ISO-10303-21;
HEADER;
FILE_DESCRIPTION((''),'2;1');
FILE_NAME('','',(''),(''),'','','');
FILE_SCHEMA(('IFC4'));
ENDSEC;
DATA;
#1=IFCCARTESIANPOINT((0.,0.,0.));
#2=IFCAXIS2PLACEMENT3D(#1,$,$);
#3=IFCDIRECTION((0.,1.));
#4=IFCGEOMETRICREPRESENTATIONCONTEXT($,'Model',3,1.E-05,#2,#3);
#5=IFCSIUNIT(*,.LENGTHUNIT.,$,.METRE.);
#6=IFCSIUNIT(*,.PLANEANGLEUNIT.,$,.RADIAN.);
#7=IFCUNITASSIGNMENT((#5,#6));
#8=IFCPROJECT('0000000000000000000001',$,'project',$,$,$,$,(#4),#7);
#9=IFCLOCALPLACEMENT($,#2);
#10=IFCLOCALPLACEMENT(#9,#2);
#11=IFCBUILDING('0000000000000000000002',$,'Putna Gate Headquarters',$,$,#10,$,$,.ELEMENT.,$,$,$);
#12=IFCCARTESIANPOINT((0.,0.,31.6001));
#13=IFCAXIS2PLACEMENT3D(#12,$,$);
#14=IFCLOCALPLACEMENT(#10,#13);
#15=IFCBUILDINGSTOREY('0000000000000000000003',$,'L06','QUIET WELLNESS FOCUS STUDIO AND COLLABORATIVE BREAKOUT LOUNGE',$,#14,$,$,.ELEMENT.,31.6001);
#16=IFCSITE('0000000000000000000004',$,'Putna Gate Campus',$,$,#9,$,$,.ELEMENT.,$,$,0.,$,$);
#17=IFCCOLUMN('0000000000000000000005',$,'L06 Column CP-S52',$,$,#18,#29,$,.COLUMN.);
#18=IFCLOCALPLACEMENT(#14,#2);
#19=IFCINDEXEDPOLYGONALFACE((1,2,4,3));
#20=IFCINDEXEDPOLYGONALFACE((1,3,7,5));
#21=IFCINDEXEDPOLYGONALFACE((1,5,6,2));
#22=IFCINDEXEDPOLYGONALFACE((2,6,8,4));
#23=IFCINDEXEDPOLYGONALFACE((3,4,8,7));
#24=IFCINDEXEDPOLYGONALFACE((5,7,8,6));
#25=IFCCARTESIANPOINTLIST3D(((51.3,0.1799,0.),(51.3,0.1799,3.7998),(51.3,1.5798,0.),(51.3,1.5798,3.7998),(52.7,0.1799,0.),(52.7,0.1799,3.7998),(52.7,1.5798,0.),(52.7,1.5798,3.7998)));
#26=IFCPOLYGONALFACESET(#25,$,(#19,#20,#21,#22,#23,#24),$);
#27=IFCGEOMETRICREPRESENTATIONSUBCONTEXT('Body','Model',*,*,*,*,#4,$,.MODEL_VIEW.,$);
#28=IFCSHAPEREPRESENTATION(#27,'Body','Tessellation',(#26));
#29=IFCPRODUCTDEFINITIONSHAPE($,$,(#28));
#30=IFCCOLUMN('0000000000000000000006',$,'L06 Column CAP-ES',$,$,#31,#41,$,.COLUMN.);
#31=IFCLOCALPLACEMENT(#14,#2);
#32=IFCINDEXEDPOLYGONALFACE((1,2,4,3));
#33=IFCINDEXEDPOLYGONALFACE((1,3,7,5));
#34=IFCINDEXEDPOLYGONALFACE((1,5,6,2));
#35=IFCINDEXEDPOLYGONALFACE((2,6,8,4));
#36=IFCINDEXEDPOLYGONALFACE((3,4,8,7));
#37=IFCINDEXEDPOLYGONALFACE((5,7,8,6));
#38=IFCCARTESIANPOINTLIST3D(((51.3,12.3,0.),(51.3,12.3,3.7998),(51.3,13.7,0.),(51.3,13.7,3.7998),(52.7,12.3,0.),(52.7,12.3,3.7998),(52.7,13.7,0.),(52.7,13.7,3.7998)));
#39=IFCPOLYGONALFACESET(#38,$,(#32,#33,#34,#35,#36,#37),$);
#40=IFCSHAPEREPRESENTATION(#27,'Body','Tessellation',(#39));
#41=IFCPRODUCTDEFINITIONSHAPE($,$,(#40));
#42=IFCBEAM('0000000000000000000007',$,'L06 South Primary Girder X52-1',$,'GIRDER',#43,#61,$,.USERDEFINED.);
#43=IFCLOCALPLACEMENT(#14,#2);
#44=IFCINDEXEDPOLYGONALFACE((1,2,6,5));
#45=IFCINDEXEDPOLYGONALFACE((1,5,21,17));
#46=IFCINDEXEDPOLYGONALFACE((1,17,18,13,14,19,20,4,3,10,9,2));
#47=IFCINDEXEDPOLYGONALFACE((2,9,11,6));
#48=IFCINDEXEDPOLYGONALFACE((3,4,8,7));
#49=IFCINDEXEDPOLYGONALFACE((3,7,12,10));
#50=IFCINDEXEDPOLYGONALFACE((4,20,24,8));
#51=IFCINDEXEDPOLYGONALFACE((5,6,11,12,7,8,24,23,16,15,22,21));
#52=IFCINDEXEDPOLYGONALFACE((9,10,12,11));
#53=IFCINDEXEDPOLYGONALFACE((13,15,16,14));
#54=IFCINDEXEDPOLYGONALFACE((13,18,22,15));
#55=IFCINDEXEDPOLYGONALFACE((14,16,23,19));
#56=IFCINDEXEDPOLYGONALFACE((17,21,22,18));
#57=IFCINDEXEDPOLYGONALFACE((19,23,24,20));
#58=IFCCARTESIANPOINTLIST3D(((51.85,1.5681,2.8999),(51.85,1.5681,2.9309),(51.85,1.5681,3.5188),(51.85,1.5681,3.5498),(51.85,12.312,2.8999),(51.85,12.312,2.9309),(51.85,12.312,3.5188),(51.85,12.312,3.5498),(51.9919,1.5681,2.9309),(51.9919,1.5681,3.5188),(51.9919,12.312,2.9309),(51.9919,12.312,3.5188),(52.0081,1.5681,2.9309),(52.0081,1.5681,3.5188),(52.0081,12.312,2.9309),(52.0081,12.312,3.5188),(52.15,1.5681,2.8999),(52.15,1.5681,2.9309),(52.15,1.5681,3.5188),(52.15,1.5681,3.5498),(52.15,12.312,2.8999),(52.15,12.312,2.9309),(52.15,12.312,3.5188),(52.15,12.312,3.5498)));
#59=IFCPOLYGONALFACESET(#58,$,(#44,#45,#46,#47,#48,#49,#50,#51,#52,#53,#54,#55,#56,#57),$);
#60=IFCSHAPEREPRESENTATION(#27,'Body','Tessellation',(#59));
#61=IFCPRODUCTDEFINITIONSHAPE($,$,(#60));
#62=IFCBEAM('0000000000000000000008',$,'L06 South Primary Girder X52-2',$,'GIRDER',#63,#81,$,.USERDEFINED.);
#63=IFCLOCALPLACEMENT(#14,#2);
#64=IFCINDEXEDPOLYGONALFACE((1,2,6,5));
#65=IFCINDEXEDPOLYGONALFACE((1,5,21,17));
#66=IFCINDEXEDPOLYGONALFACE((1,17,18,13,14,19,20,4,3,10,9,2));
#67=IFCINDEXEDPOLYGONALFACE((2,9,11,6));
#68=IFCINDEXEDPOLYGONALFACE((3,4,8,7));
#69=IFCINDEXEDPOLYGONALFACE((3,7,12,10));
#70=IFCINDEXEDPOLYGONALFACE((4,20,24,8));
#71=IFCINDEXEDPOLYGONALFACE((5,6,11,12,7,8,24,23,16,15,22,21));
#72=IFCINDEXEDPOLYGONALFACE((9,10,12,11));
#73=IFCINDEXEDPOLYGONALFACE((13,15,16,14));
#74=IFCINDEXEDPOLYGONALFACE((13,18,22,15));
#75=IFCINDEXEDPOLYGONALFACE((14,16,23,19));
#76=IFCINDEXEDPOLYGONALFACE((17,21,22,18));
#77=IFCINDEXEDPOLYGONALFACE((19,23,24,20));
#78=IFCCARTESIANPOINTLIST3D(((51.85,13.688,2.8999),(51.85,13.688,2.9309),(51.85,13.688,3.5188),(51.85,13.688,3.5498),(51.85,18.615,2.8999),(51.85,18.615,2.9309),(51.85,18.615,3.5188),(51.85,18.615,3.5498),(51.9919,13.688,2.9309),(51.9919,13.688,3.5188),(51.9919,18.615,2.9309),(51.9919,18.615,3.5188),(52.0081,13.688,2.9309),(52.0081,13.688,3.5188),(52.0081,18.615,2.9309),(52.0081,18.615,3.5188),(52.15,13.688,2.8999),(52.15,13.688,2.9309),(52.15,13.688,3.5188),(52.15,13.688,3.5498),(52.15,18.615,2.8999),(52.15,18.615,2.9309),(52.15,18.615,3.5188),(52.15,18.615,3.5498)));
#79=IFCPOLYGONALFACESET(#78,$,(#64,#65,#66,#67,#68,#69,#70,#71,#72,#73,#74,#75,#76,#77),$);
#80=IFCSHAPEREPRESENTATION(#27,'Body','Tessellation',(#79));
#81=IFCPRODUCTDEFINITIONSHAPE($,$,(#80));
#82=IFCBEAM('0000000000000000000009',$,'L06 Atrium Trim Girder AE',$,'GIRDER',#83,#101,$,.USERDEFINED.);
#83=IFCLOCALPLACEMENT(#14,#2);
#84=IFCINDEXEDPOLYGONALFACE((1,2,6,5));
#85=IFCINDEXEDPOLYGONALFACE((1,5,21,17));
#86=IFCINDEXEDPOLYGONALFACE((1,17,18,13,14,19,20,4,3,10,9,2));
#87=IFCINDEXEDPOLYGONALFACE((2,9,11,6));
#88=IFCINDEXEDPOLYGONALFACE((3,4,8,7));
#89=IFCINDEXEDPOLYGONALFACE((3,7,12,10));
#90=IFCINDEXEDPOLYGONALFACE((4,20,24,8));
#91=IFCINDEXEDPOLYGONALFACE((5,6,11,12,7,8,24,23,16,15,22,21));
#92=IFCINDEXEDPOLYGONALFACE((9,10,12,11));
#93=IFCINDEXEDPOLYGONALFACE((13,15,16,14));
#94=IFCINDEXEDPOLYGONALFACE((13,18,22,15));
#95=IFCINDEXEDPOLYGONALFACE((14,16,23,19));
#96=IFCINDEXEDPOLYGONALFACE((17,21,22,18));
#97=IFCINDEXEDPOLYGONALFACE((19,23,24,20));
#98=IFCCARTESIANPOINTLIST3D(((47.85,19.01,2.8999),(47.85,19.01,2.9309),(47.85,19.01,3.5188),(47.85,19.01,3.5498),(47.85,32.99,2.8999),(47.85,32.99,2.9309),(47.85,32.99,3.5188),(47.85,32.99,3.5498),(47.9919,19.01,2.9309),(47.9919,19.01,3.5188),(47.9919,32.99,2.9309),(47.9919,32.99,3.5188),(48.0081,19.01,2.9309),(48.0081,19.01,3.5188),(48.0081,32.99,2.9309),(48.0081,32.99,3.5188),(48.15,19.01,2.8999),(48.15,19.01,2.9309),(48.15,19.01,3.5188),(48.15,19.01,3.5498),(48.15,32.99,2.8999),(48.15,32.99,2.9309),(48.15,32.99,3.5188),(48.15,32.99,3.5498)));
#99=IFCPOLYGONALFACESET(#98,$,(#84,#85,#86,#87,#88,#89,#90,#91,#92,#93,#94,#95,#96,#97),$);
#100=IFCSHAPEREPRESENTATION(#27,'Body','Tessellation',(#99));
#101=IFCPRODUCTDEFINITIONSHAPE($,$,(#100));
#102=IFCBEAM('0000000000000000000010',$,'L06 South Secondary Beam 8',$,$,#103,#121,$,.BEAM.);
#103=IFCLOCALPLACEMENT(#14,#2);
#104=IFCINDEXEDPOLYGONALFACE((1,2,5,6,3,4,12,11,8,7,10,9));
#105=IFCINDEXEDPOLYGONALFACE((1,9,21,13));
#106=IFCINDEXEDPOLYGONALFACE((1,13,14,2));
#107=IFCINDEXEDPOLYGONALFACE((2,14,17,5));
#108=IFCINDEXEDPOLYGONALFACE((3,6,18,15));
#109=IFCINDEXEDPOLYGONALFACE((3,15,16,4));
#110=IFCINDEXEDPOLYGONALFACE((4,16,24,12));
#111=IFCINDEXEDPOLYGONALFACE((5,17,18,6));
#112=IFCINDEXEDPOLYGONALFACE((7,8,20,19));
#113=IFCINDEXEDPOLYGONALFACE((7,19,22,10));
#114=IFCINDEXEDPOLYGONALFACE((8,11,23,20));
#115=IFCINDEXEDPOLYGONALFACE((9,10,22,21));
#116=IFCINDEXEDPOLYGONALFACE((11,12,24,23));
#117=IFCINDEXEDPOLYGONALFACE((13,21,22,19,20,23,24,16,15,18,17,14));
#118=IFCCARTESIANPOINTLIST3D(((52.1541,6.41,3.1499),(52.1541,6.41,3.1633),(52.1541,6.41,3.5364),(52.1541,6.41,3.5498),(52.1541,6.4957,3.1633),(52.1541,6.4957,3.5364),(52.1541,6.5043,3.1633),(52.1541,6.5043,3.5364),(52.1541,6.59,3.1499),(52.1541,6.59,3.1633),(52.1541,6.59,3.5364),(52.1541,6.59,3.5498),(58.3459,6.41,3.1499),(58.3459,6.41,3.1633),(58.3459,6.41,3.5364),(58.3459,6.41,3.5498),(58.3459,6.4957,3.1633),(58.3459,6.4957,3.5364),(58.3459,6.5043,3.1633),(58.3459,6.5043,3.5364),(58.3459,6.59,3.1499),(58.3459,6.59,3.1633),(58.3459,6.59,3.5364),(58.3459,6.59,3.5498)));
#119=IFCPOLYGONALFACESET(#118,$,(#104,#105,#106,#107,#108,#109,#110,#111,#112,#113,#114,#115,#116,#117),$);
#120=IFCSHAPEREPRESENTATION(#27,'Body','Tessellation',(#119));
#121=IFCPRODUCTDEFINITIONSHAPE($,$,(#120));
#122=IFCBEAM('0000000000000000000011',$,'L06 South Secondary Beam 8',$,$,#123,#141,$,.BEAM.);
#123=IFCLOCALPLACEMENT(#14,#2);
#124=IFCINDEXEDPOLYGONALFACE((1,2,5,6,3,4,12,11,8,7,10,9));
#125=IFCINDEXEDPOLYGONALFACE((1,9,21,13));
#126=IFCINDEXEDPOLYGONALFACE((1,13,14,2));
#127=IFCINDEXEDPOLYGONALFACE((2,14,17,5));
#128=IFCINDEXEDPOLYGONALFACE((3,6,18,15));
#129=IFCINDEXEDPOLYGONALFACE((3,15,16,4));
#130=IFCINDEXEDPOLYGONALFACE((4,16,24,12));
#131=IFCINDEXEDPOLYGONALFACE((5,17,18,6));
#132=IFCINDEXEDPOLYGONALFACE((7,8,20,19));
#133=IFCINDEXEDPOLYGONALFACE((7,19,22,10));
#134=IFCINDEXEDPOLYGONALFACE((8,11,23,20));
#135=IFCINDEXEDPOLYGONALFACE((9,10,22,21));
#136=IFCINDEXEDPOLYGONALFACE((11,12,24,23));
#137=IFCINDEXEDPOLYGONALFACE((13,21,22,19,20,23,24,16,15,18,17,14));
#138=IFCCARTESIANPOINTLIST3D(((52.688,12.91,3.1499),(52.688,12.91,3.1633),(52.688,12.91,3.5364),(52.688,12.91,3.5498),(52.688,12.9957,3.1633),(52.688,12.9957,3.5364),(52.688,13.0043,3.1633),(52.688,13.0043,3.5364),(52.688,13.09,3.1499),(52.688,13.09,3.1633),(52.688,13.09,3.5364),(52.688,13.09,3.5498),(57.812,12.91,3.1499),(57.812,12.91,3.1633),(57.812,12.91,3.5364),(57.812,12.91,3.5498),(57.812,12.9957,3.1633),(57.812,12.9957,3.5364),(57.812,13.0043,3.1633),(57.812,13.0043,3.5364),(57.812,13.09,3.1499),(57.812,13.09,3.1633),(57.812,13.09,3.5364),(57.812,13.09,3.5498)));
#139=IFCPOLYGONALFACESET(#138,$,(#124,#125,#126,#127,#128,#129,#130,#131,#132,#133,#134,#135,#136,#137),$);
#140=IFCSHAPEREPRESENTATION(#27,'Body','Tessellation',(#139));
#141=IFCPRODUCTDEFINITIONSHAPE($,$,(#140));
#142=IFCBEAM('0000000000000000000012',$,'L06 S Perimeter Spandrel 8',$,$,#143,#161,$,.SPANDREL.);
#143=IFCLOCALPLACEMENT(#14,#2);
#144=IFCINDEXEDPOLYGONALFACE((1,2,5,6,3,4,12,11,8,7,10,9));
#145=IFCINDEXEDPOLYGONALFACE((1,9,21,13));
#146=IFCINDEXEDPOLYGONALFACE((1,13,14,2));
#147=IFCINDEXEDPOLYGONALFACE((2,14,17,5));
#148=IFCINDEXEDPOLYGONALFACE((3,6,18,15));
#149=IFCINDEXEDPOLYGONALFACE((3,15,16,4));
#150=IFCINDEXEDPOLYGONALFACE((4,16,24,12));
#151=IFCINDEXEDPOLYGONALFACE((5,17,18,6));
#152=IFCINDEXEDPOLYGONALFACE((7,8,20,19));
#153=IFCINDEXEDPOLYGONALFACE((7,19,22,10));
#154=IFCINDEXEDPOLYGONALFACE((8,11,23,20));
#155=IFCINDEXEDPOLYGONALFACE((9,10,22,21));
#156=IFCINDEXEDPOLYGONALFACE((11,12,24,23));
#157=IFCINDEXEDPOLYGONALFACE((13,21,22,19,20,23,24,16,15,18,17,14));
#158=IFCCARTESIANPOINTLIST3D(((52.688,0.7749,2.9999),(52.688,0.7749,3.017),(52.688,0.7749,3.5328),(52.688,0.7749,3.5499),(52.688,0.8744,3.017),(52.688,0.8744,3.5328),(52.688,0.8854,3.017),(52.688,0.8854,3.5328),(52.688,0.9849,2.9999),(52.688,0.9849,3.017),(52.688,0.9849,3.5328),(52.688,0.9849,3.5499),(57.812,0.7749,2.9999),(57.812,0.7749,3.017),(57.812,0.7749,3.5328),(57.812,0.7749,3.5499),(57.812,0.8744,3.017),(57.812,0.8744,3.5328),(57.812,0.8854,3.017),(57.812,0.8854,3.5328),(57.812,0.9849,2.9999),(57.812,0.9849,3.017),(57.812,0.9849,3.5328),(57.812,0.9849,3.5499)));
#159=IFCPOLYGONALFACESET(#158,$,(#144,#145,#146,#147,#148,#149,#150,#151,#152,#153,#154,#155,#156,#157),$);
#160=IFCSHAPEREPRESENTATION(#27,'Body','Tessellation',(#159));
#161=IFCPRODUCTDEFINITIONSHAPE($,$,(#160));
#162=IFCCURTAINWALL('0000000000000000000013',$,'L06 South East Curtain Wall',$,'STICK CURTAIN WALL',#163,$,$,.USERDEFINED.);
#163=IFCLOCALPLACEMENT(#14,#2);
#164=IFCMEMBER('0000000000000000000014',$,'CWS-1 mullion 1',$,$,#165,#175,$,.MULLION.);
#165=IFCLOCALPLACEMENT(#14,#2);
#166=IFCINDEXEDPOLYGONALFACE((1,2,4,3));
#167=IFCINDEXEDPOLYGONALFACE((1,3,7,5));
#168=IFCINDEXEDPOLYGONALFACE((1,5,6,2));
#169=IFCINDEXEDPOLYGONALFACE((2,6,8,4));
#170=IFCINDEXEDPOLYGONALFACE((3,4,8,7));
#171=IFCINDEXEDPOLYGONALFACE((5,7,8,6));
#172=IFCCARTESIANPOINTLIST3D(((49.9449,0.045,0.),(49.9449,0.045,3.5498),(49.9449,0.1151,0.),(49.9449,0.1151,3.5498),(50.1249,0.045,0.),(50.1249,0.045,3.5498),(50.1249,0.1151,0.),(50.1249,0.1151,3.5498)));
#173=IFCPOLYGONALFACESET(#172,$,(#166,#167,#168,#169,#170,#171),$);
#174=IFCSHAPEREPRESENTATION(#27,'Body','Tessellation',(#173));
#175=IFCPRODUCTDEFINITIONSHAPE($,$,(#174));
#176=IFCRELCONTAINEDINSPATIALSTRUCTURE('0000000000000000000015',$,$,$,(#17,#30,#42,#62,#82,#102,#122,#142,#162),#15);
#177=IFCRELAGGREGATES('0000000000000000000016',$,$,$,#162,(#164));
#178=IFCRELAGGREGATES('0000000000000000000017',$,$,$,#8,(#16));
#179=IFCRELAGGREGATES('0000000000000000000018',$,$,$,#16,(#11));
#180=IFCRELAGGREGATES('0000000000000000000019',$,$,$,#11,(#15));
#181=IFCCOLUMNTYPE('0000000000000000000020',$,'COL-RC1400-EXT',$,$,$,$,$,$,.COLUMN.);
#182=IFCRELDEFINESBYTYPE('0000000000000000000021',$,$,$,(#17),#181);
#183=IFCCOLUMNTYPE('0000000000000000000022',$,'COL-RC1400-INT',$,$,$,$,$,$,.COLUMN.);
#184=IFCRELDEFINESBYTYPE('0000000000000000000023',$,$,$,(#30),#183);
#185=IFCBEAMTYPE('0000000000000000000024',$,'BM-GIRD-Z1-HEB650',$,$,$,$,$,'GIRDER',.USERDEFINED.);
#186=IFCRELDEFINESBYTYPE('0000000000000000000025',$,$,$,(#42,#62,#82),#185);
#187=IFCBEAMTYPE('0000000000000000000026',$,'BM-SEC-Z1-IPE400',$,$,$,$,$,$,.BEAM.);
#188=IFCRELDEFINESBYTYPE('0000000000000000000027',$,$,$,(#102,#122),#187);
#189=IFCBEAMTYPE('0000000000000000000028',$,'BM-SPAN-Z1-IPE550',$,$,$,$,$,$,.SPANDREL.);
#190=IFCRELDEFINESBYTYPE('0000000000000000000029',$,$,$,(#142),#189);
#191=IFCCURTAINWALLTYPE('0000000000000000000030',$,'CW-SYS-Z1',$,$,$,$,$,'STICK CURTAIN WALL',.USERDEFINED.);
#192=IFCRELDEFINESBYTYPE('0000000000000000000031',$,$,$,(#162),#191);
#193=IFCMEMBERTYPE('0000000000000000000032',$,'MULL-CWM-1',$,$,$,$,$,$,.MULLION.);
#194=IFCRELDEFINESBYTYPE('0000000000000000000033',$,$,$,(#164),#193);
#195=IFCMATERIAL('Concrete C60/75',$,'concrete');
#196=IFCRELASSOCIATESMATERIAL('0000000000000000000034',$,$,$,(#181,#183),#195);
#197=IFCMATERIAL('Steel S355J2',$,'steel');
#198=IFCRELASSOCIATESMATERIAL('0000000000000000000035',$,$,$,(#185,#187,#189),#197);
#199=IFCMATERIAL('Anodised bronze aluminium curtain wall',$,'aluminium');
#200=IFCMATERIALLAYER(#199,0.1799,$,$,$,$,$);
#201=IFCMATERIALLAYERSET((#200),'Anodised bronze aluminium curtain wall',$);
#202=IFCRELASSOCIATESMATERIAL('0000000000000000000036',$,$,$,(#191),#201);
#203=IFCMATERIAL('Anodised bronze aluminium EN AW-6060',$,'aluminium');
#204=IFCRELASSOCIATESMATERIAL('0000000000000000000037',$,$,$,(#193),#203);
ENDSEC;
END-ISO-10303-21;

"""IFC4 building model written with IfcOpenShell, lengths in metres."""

from ifc_helpers import new_model, si_unit, direction, frame, origin, origin_2d, place, context, subcontext, project, spatial, rectangle, i_section, extrude, material, layer, layer_set, material_profile, profile_set, type_object, element, aggregate, save


model = new_model("IFC4")

# Units and contexts
model_context = context("Model", 3, precision=1e-05, world=origin(), true_north=direction((0.0, 1.0)))
body_context = subcontext(model_context, "Body", "Model", "MODEL_VIEW")
ifc_project = project(units=[si_unit("LENGTHUNIT", "METRE"), si_unit("PLANEANGLEUNIT", "RADIAN")], contexts=[model_context])

# Site, building, storey
site_placement = place(None, origin())
site = spatial("IfcSite", under=ifc_project, at=site_placement, Name="Putna Gate Campus", CompositionType="ELEMENT", RefElevation=0.0)
building_placement = place(site_placement, origin())
building = spatial("IfcBuilding", under=site, at=building_placement, Name="Putna Gate Headquarters", CompositionType="ELEMENT")
storey_placement = place(building_placement, frame((0.0, 0.0, 31.6001)))
storey = spatial("IfcBuildingStorey", under=building, at=storey_placement, Name="L06", Description="QUIET WELLNESS FOCUS STUDIO AND COLLABORATIVE BREAKOUT LOUNGE", CompositionType="ELEMENT", Elevation=31.6001)

# Columns
ifc_material_1 = material(Name="Concrete C60/75", Category="concrete")
ifc_material_profile_1 = material_profile(ifc_material_1, rectangle(XDim=1.3999, YDim=1.3999, at=origin_2d()), Name="Concrete C60/75")
ifc_profile_set_1 = profile_set([ifc_material_profile_1], Name="Concrete C60/75")
column_type_1 = type_object("IfcColumnType", Name="COL-RC1400-EXT", PredefinedType="COLUMN", material=ifc_profile_set_1)
column_1_placement = place(storey_placement, frame((52.0, 0.8799, 0.0), z_axis=(0.0, 0.0, 1.0), x_axis=(1.0, 0.0, 0.0)))
element("IfcColumn", 1, at=column_1_placement, inside=storey, type_object=column_type_1, Name="L06 Column CP-S52", PredefinedType="COLUMN", context=body_context, shape_type="SweptSolid", body=[
    extrude(rectangle(XDim=1.3999, YDim=1.3999, at=origin_2d()), origin(), (0.0, 0.0, 1.0), 3.7998),
])
ifc_material_profile_2 = material_profile(ifc_material_1, rectangle(XDim=1.3999, YDim=1.3999, at=origin_2d()), Name="Concrete C60/75")
ifc_profile_set_2 = profile_set([ifc_material_profile_2], Name="Concrete C60/75")
column_type_2 = type_object("IfcColumnType", Name="COL-RC1400-INT", PredefinedType="COLUMN", material=ifc_profile_set_2)
column_2_placement = place(storey_placement, frame((52.0, 13.0, 0.0), z_axis=(0.0, 0.0, 1.0), x_axis=(1.0, 0.0, 0.0)))
element("IfcColumn", 2, at=column_2_placement, inside=storey, type_object=column_type_2, Name="L06 Column CAP-ES", PredefinedType="COLUMN", context=body_context, shape_type="SweptSolid", body=[
    extrude(rectangle(XDim=1.3999, YDim=1.3999, at=origin_2d()), origin(), (0.0, 0.0, 1.0), 3.7998),
])

# Beams
ifc_material_2 = material(Name="Steel S355J2", Category="steel")
ifc_material_profile_3 = material_profile(ifc_material_2, i_section(OverallWidth=0.3, OverallDepth=0.6499, WebThickness=0.0161, FlangeThickness=0.031, at=origin_2d()), Name="Steel S355J2")
ifc_profile_set_3 = profile_set([ifc_material_profile_3], Name="Steel S355J2")
beam_type_1 = type_object("IfcBeamType", Name="BM-GIRD-Z1-HEB650", ElementType="GIRDER", PredefinedType="USERDEFINED", material=ifc_profile_set_3)
beam_1_placement = place(storey_placement, frame((52.0, 1.5681, 3.2249), z_axis=(0.0, 1.0, 0.0), x_axis=(-1.0, 0.0, 0.0)))
element("IfcBeam", 3, at=beam_1_placement, inside=storey, type_object=beam_type_1, Name="L06 South Primary Girder X52-1", ObjectType="GIRDER", PredefinedType="USERDEFINED", context=body_context, shape_type="SweptSolid", body=[
    extrude(i_section(OverallWidth=0.3, OverallDepth=0.6499, WebThickness=0.0161, FlangeThickness=0.031, at=origin_2d()), origin(), (0.0, 0.0, 1.0), 10.7439),
])
beam_2_placement = place(storey_placement, frame((52.0, 13.688, 3.2249), z_axis=(0.0, 1.0, 0.0), x_axis=(-1.0, 0.0, 0.0)))
element("IfcBeam", 4, at=beam_2_placement, inside=storey, type_object=beam_type_1, Name="L06 South Primary Girder X52-2", ObjectType="GIRDER", PredefinedType="USERDEFINED", context=body_context, shape_type="SweptSolid", body=[
    extrude(i_section(OverallWidth=0.3, OverallDepth=0.6499, WebThickness=0.0161, FlangeThickness=0.031, at=origin_2d()), origin(), (0.0, 0.0, 1.0), 4.927),
])
beam_3_placement = place(storey_placement, frame((48.0, 19.01, 3.2249), z_axis=(0.0, 1.0, 0.0), x_axis=(-1.0, 0.0, 0.0)))
element("IfcBeam", 5, at=beam_3_placement, inside=storey, type_object=beam_type_1, Name="L06 Atrium Trim Girder AE", ObjectType="GIRDER", PredefinedType="USERDEFINED", context=body_context, shape_type="SweptSolid", body=[
    extrude(i_section(OverallWidth=0.3, OverallDepth=0.6499, WebThickness=0.0161, FlangeThickness=0.031, at=origin_2d()), origin(), (0.0, 0.0, 1.0), 13.98),
])
ifc_material_profile_4 = material_profile(ifc_material_2, i_section(OverallWidth=0.1799, OverallDepth=0.3999, WebThickness=0.0085, FlangeThickness=0.0134, at=origin_2d()), Name="Steel S355J2")
ifc_profile_set_4 = profile_set([ifc_material_profile_4], Name="Steel S355J2")
beam_type_2 = type_object("IfcBeamType", Name="BM-SEC-Z1-IPE400", PredefinedType="BEAM", material=ifc_profile_set_4)
beam_4_placement = place(storey_placement, frame((52.1541, 6.5, 3.3499), z_axis=(1.0, 0.0, 0.0), x_axis=(0.0, 1.0, 0.0)))
element("IfcBeam", 6, at=beam_4_placement, inside=storey, type_object=beam_type_2, Name="L06 South Secondary Beam 8", PredefinedType="BEAM", context=body_context, shape_type="SweptSolid", body=[
    extrude(i_section(OverallWidth=0.1799, OverallDepth=0.3999, WebThickness=0.0085, FlangeThickness=0.0134, at=origin_2d()), origin(), (0.0, 0.0, 1.0), 6.1919),
])
beam_5_placement = place(storey_placement, frame((52.688, 13.0, 3.3499), z_axis=(1.0, 0.0, 0.0), x_axis=(0.0, 1.0, 0.0)))
element("IfcBeam", 7, at=beam_5_placement, inside=storey, type_object=beam_type_2, Name="L06 South Secondary Beam 8", PredefinedType="BEAM", context=body_context, shape_type="SweptSolid", body=[
    extrude(i_section(OverallWidth=0.1799, OverallDepth=0.3999, WebThickness=0.0085, FlangeThickness=0.0134, at=origin_2d()), origin(), (0.0, 0.0, 1.0), 5.124),
])
ifc_material_profile_5 = material_profile(ifc_material_2, i_section(OverallWidth=0.21, OverallDepth=0.55, WebThickness=0.011, FlangeThickness=0.0171, at=origin_2d()), Name="Steel S355J2")
ifc_profile_set_5 = profile_set([ifc_material_profile_5], Name="Steel S355J2")
beam_type_3 = type_object("IfcBeamType", Name="BM-SPAN-Z1-IPE550", PredefinedType="SPANDREL", material=ifc_profile_set_5)
beam_6_placement = place(storey_placement, frame((52.688, 0.8799, 3.2749), z_axis=(1.0, 0.0, 0.0), x_axis=(0.0, 1.0, 0.0)))
element("IfcBeam", 8, at=beam_6_placement, inside=storey, type_object=beam_type_3, Name="L06 S Perimeter Spandrel 8", PredefinedType="SPANDREL", context=body_context, shape_type="SweptSolid", body=[
    extrude(i_section(OverallWidth=0.21, OverallDepth=0.55, WebThickness=0.011, FlangeThickness=0.0171, at=origin_2d()), origin(), (0.0, 0.0, 1.0), 5.124),
])

# Curtain wall, member
ifc_material_3 = material(Name="Anodised bronze aluminium curtain wall", Category="aluminium")
ifc_layer_1 = layer(ifc_material_3, 0.1799)
ifc_layer_set_1 = layer_set([ifc_layer_1], Name="Anodised bronze aluminium curtain wall")
curtain_wall_type_1 = type_object("IfcCurtainWallType", Name="CW-SYS-Z1", ElementType="STICK CURTAIN WALL", PredefinedType="USERDEFINED", material=ifc_layer_set_1)
curtain_wall_1_placement = place(storey_placement, origin())
curtain_wall_1 = element("IfcCurtainWall", 9, at=curtain_wall_1_placement, inside=storey, type_object=curtain_wall_type_1, Name="L06 South East Curtain Wall", ObjectType="STICK CURTAIN WALL", PredefinedType="USERDEFINED")
ifc_material_4 = material(Name="Anodised bronze aluminium EN AW-6060", Category="aluminium")
ifc_material_profile_6 = material_profile(ifc_material_4, rectangle(XDim=0.0701, YDim=0.1799, at=origin_2d()), Name="Anodised bronze aluminium EN AW-6060")
ifc_profile_set_6 = profile_set([ifc_material_profile_6], Name="Anodised bronze aluminium EN AW-6060")
member_type_1 = type_object("IfcMemberType", Name="MULL-CWM-1", PredefinedType="MULLION", material=ifc_profile_set_6)
member_1_placement = place(storey_placement, frame((50.0349, 0.0801, 0.0), z_axis=(0.0, 0.0, 1.0), x_axis=(0.0, 1.0, 0.0)))
member_1 = element("IfcMember", 10, at=member_1_placement, type_object=member_type_1, Name="CWS-1 mullion 1", PredefinedType="MULLION", context=body_context, shape_type="SweptSolid", body=[
    extrude(rectangle(XDim=0.0701, YDim=0.1799, at=origin_2d()), origin(), (0.0, 0.0, 1.0), 3.5498),
])

aggregate(curtain_wall_1, [member_1])

save(model, "model.ifc")
